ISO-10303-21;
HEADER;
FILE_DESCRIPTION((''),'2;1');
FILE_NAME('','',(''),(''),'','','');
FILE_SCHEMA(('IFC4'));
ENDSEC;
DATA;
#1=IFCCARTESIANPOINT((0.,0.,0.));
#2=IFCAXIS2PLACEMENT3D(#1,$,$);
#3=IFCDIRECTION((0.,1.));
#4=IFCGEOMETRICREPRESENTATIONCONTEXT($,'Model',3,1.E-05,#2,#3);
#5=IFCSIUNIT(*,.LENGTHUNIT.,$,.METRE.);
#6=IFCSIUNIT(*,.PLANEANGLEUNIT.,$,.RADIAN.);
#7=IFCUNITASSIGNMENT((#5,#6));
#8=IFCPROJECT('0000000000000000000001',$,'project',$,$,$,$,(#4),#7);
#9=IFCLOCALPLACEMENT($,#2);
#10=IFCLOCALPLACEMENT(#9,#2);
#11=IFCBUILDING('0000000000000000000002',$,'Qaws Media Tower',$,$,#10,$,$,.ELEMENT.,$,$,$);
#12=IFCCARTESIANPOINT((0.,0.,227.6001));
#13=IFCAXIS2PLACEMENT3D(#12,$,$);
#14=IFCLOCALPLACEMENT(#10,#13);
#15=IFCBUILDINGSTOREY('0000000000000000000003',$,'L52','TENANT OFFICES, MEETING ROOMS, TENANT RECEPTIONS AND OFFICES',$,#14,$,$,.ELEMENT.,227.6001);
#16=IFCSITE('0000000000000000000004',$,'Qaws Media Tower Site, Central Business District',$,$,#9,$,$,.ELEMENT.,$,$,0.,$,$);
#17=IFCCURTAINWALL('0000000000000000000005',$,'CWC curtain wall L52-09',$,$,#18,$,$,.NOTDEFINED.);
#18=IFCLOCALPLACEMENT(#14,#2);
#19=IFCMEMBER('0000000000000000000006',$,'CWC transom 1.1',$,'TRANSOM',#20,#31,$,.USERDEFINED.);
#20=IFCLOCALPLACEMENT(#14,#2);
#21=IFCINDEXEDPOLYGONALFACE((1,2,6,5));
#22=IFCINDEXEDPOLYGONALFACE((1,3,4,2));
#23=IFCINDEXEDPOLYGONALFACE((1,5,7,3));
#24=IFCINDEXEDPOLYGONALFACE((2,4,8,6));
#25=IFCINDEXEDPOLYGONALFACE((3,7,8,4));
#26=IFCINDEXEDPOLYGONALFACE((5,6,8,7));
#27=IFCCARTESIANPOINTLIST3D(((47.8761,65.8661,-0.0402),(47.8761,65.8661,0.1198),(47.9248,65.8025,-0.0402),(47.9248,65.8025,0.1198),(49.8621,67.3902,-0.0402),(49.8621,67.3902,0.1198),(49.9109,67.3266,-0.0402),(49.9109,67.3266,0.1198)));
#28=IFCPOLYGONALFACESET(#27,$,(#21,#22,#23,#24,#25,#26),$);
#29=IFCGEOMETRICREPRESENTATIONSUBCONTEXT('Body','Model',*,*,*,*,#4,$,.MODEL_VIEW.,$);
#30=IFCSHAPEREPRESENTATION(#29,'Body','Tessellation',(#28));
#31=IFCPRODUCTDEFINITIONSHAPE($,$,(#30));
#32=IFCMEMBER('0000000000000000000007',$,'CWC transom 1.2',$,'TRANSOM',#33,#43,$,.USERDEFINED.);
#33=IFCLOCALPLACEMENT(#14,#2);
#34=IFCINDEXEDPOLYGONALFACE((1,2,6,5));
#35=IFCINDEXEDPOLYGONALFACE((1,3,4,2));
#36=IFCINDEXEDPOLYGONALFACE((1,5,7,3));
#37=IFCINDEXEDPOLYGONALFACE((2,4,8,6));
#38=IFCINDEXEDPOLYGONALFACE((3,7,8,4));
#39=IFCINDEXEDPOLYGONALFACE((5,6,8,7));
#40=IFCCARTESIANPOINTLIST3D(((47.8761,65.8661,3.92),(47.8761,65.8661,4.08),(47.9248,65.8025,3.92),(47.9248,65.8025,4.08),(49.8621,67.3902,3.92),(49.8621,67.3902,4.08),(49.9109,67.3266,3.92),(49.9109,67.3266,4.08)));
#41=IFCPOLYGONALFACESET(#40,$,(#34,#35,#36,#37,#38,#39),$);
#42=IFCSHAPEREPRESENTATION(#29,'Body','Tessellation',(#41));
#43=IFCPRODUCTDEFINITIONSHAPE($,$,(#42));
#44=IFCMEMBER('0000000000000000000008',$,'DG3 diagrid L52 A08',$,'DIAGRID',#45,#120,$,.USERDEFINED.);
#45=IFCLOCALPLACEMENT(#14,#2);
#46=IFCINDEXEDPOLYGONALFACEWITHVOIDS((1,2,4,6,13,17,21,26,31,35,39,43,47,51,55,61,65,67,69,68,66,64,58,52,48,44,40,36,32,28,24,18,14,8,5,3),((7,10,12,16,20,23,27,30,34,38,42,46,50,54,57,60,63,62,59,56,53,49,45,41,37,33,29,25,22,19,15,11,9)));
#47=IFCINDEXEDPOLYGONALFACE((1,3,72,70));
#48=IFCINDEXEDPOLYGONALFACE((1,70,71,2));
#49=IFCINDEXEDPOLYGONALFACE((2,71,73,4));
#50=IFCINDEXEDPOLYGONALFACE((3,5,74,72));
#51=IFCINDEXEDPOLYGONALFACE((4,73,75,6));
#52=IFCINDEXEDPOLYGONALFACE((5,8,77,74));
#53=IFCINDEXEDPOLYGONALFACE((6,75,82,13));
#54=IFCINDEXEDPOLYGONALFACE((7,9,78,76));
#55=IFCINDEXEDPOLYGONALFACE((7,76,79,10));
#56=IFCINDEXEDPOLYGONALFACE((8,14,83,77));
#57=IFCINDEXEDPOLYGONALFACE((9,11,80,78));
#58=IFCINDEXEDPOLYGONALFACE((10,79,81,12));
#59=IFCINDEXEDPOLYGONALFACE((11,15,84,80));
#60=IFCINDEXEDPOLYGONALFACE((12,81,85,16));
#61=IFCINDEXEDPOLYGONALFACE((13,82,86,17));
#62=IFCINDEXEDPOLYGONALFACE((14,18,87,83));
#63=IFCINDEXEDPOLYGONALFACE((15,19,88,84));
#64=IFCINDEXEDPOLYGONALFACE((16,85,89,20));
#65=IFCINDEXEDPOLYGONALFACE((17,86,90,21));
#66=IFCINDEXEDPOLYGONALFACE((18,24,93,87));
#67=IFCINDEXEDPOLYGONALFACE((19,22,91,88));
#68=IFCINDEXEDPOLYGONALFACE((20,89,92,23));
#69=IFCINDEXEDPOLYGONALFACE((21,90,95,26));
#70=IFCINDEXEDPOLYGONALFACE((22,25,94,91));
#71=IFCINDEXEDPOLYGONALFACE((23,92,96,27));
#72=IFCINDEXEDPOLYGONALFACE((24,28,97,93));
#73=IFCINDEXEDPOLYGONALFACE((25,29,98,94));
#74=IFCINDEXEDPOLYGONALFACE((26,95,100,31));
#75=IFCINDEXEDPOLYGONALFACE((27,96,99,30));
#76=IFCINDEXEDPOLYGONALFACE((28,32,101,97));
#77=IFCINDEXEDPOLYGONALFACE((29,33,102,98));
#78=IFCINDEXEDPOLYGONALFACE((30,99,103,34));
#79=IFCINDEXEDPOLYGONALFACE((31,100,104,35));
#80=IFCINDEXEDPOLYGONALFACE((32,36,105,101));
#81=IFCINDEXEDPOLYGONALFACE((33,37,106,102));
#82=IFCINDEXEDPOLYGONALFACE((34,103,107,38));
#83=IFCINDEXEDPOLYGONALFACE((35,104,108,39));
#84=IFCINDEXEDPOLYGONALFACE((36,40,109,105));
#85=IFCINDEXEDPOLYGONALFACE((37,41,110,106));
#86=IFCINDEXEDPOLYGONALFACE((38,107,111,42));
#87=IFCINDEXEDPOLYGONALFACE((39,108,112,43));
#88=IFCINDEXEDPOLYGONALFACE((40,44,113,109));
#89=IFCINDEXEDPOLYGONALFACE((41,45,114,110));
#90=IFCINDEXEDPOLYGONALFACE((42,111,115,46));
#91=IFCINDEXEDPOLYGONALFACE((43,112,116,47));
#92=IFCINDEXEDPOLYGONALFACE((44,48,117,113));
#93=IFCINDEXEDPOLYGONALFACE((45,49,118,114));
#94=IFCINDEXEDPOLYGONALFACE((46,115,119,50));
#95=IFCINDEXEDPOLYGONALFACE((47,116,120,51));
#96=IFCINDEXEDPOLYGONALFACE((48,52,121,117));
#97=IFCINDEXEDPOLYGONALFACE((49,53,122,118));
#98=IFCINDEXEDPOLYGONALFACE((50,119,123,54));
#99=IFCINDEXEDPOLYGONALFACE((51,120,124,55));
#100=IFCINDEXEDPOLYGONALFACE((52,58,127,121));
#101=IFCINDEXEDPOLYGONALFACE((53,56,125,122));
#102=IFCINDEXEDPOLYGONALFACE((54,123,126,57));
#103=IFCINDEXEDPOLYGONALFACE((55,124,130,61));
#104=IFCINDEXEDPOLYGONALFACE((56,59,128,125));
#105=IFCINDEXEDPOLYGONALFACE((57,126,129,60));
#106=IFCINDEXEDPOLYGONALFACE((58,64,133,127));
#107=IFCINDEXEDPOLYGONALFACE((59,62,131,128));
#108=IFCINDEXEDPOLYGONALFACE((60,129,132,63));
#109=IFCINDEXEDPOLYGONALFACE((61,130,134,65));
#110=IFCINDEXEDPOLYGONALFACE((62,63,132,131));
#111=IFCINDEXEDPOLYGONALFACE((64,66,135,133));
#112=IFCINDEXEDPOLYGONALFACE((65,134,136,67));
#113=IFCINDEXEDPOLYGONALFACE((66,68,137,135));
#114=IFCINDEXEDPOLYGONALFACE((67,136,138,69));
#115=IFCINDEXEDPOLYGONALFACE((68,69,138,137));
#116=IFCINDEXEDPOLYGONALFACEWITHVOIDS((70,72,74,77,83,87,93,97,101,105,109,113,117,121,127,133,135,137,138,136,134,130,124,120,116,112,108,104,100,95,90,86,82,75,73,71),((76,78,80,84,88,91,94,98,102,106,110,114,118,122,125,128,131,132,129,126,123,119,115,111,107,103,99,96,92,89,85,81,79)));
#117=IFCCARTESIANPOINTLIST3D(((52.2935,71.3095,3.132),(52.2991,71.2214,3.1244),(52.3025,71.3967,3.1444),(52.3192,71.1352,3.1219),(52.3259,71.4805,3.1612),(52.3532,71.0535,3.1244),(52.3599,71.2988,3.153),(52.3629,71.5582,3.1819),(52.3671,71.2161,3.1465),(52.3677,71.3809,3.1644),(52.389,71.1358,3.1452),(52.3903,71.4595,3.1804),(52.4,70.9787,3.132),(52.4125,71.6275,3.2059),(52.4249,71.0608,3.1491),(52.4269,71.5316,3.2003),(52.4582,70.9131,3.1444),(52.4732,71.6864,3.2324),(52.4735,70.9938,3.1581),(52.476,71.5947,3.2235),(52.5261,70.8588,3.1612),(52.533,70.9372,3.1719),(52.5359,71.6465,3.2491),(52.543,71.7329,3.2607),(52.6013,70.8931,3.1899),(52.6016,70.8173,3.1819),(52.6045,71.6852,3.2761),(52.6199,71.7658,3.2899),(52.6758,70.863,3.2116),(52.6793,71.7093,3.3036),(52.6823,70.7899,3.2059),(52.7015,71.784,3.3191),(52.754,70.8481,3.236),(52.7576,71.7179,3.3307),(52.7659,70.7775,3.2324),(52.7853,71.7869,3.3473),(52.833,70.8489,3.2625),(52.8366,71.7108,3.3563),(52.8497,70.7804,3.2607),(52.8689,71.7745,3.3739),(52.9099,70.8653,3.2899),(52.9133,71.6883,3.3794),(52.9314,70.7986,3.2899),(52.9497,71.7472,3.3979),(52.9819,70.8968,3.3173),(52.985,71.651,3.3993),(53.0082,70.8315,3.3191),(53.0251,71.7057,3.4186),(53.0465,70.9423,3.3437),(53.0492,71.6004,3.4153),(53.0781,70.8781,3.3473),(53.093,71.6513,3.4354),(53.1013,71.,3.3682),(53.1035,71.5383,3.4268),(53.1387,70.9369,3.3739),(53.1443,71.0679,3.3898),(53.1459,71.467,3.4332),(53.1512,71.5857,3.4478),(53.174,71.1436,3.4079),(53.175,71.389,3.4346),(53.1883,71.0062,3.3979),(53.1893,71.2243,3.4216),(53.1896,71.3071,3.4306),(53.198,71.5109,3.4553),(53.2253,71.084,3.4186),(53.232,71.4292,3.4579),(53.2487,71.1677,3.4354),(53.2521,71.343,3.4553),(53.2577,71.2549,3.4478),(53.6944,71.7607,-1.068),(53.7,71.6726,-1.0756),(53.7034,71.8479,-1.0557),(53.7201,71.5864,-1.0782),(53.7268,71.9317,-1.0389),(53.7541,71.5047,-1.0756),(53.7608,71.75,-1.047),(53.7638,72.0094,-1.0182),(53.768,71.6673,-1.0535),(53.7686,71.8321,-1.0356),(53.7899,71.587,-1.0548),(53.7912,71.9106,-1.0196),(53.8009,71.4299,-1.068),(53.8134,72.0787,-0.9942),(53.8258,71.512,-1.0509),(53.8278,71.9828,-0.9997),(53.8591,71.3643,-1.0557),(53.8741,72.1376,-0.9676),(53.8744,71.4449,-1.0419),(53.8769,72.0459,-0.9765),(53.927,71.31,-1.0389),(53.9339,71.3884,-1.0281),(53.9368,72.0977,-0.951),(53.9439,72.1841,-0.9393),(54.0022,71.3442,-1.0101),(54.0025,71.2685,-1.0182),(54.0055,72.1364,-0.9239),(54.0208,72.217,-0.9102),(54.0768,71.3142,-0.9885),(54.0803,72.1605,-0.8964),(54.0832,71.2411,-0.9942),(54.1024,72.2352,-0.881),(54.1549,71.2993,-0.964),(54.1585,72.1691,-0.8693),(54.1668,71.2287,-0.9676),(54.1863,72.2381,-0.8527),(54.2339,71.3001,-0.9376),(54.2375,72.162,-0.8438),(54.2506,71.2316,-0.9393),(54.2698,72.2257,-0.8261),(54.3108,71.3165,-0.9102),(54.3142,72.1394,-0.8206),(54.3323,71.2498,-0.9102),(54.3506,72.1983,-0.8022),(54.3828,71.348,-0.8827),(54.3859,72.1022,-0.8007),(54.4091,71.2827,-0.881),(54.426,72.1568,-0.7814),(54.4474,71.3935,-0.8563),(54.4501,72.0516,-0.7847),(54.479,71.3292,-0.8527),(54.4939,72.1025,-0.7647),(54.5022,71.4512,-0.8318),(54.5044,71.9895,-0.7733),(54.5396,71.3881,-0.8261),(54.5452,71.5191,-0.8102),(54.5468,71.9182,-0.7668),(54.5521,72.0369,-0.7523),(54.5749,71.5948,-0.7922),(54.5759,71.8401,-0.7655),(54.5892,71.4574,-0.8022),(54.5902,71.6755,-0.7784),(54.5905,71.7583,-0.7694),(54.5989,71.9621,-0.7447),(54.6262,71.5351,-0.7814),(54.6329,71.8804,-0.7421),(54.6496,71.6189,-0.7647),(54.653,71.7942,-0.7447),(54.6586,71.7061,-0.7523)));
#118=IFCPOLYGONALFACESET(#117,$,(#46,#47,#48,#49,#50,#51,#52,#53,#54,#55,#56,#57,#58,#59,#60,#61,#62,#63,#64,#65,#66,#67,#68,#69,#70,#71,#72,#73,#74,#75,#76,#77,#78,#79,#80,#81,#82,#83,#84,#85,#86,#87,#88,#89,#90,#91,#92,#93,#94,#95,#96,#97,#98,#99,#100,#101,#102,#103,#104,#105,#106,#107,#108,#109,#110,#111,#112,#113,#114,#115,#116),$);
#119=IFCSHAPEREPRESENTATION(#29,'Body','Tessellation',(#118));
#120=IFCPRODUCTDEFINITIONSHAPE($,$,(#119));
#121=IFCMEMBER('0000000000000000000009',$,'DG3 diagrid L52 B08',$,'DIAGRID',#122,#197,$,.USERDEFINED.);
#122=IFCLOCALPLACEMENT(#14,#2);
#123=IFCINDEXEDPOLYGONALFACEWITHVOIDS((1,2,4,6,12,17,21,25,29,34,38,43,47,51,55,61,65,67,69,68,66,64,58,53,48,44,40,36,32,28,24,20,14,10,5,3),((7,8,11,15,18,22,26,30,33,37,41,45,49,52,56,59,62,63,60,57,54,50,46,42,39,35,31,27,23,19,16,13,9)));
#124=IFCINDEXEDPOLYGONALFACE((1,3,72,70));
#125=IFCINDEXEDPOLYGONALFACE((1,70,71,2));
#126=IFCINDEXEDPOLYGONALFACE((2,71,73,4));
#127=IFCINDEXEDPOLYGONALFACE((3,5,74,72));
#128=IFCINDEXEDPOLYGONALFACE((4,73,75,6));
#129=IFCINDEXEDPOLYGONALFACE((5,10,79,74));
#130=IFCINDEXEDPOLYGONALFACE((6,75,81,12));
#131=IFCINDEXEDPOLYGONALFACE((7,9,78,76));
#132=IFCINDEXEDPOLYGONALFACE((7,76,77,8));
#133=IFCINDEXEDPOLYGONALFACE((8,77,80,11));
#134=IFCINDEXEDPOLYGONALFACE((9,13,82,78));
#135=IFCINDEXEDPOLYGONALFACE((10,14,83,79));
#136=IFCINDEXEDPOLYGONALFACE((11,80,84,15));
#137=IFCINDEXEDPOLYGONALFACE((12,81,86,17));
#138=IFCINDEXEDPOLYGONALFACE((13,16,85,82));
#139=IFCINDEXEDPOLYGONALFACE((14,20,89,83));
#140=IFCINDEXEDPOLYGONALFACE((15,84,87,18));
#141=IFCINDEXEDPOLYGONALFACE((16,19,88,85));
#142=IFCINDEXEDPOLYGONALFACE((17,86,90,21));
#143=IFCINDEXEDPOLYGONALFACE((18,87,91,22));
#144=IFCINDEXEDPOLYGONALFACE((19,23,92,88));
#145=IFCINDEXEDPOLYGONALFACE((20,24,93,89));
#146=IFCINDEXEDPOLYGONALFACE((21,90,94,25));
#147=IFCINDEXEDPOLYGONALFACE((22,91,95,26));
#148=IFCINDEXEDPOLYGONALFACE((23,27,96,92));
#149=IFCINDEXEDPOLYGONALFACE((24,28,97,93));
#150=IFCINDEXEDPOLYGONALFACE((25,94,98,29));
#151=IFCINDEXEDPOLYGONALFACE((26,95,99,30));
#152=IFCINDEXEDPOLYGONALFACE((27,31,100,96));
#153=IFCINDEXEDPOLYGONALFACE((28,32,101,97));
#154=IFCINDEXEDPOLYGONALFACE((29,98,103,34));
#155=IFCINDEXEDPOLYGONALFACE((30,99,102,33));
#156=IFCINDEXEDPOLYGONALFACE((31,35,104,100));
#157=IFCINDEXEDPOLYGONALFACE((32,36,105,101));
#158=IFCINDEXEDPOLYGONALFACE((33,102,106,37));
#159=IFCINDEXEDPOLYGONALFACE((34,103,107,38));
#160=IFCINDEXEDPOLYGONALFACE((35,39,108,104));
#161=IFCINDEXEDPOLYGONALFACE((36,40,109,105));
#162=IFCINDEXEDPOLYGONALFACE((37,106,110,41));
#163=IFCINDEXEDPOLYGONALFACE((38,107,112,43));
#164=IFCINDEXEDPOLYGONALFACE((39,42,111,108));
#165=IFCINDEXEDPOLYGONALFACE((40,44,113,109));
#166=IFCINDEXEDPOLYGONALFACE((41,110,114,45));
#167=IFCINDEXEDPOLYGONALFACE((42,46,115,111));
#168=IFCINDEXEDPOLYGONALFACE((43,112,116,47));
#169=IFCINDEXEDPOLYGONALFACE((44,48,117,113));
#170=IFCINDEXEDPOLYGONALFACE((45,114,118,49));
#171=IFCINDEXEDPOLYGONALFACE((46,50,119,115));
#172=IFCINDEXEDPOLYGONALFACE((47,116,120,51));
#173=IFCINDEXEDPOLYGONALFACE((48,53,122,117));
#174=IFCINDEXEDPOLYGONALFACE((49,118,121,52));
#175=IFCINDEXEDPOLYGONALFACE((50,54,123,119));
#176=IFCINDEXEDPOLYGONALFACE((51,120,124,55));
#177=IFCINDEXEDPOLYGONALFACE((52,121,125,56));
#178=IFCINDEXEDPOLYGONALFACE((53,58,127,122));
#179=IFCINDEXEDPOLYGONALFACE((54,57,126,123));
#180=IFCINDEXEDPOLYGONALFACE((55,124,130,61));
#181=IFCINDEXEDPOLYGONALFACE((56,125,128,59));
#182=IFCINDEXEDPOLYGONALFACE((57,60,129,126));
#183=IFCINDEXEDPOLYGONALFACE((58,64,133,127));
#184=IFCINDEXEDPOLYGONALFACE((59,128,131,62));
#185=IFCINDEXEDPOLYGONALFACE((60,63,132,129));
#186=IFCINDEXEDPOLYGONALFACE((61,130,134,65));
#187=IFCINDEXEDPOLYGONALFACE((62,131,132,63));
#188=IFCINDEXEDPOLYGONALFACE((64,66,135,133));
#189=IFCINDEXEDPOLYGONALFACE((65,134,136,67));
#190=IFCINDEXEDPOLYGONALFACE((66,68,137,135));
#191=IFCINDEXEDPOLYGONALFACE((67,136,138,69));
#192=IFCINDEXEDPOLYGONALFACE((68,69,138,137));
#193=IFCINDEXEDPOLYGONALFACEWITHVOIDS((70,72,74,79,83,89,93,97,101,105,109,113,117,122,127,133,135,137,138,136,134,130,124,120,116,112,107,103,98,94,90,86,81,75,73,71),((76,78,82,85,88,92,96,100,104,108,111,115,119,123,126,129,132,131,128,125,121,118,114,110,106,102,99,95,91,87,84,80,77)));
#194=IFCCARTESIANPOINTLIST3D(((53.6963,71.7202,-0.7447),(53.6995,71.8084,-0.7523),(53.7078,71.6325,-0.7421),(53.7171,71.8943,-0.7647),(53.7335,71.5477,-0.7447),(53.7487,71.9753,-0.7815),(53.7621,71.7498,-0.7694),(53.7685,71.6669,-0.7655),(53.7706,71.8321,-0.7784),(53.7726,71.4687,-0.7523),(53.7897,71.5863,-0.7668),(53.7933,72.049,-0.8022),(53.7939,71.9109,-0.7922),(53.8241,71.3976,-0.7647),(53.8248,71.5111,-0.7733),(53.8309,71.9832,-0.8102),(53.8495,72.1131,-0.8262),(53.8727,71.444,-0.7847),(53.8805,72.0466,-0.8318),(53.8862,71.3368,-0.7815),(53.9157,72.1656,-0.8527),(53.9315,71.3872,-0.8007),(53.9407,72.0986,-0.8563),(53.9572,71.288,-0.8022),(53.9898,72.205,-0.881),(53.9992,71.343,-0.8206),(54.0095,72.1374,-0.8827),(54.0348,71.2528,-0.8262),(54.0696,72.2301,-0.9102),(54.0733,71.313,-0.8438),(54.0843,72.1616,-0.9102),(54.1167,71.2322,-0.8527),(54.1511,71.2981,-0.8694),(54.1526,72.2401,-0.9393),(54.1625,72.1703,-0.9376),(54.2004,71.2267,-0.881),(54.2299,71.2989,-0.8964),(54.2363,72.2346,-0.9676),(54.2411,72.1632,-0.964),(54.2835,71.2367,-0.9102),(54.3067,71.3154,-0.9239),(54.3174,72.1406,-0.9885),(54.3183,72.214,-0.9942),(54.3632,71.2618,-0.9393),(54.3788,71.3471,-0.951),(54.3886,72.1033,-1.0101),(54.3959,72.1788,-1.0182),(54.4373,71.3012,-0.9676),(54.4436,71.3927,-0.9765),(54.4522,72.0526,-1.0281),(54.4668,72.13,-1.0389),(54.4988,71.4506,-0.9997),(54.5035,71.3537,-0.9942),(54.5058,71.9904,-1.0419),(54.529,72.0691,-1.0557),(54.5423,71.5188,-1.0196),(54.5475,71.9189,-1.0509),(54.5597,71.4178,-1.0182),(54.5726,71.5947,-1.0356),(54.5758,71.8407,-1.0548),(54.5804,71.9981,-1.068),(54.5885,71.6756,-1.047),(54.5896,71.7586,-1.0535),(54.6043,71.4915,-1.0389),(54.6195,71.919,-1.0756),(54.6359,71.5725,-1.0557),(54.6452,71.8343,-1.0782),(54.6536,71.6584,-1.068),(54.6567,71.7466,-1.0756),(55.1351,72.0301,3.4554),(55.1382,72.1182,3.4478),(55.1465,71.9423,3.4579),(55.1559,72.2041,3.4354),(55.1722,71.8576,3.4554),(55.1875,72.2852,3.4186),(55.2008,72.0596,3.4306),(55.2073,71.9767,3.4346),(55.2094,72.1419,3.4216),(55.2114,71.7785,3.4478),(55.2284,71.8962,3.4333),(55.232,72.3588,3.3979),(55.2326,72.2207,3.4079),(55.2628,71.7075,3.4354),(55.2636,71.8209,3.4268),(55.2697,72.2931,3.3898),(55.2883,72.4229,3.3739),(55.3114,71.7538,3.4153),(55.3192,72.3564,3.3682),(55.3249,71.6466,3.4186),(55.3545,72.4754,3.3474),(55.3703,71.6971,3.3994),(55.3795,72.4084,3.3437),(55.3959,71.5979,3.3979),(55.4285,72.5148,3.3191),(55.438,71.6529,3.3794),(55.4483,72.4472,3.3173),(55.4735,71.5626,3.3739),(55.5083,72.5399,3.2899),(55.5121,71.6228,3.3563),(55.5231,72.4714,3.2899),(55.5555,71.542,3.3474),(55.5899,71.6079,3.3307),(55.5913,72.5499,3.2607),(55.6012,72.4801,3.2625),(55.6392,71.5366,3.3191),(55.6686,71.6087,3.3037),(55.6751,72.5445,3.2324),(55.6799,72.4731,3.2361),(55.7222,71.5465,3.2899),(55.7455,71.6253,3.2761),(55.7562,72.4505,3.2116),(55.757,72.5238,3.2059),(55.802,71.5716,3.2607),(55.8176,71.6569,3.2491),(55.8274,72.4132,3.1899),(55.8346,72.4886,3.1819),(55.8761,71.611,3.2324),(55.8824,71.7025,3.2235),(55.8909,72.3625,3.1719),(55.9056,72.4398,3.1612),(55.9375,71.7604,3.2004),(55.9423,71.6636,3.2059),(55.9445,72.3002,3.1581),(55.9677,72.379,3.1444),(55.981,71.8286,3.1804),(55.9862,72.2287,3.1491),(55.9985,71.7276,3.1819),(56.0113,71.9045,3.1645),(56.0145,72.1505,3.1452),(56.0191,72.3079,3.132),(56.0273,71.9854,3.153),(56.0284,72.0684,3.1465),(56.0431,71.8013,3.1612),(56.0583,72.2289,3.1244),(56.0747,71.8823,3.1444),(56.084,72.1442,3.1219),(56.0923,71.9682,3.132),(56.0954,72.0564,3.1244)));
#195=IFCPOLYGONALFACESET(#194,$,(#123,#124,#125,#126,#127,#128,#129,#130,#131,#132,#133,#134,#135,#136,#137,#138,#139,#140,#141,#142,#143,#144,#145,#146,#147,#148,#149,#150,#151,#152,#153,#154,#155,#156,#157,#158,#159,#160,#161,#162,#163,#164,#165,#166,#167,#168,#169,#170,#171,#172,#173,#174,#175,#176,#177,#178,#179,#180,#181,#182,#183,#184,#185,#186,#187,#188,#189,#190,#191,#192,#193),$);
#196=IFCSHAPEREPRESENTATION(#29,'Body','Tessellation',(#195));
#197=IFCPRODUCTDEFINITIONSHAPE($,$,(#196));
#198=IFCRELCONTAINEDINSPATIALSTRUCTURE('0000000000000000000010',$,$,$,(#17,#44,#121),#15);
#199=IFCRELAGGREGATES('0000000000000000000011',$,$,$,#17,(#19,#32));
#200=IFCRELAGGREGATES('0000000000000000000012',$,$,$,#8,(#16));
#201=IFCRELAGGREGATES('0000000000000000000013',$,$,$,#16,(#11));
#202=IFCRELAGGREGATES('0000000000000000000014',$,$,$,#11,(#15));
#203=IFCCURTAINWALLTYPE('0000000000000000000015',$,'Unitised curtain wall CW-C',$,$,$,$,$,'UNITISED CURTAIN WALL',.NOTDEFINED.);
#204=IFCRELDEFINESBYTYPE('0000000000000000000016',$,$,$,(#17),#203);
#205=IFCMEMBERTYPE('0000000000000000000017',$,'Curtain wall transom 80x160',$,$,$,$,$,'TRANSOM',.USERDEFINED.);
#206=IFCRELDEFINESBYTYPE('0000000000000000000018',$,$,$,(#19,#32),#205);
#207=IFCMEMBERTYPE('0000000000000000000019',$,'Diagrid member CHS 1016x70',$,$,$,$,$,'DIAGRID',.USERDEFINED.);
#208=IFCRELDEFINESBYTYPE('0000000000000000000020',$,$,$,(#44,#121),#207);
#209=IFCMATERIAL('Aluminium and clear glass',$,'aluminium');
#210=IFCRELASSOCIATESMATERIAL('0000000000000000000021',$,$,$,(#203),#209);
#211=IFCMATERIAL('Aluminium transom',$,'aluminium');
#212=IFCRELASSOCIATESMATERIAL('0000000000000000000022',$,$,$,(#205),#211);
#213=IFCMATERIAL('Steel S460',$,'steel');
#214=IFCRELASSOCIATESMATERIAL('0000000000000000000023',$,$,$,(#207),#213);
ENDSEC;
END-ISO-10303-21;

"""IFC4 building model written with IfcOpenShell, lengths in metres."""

from ifc_helpers import new_model, si_unit, direction, frame, origin, origin_2d, place, context, subcontext, project, spatial, rectangle, hollow_circle, extrude, material, material_profile, profile_set, type_object, element, aggregate, save


model = new_model("IFC4")

# Units and contexts
model_context = context("Model", 3, precision=1e-05, world=origin(), true_north=direction((0.0, 1.0)))
body_context = subcontext(model_context, "Body", "Model", "MODEL_VIEW")
ifc_project = project(units=[si_unit("LENGTHUNIT", "METRE"), si_unit("PLANEANGLEUNIT", "RADIAN")], contexts=[model_context])

# Site, building, storey
site_placement = place(None, origin())
site = spatial("IfcSite", under=ifc_project, at=site_placement, Name="Qaws Media Tower Site, Central Business District", CompositionType="ELEMENT", RefElevation=0.0)
building_placement = place(site_placement, origin())
building = spatial("IfcBuilding", under=site, at=building_placement, Name="Qaws Media Tower", CompositionType="ELEMENT")
storey_placement = place(building_placement, frame((0.0, 0.0, 227.6001)))
storey = spatial("IfcBuildingStorey", under=building, at=storey_placement, Name="L52", Description="TENANT OFFICES, MEETING ROOMS, TENANT RECEPTIONS AND OFFICES", CompositionType="ELEMENT", Elevation=227.6001)

# Shared definitions
ifc_material_1 = material(Name="Aluminium and clear glass", Category="aluminium")
curtain_wall_type = type_object("IfcCurtainWallType", Name="Unitised curtain wall CW-C", ElementType="UNITISED CURTAIN WALL", PredefinedType="NOTDEFINED", material=ifc_material_1)

# Curtain wall
curtain_wall_1_placement = place(storey_placement, origin())
curtain_wall_1 = element("IfcCurtainWall", 1, at=curtain_wall_1_placement, inside=storey, type_object=curtain_wall_type, Name="CWC curtain wall L52-09", PredefinedType="NOTDEFINED")

# Members
ifc_material_2 = material(Name="Aluminium transom", Category="aluminium")
ifc_material_profile_1 = material_profile(ifc_material_2, rectangle(XDim=0.0801, YDim=0.1599, at=origin_2d()), Name="80x160")
ifc_profile_set_1 = profile_set([ifc_material_profile_1], Name="Aluminium transom")
member_type_1 = type_object("IfcMemberType", Name="Curtain wall transom 80x160", ElementType="TRANSOM", PredefinedType="USERDEFINED", material=ifc_profile_set_1)
member_1_placement = place(storey_placement, frame((49.8865, 67.3584, 0.0398), z_axis=(-0.793316, -0.60881, 0.0), x_axis=(0.60881, -0.793316, 0.0)))
member_1 = element("IfcMember", 2, at=member_1_placement, type_object=member_type_1, Name="CWC transom 1.1", ObjectType="TRANSOM", PredefinedType="USERDEFINED", context=body_context, shape_type="SweptSolid", body=[
    extrude(rectangle(XDim=0.0801, YDim=0.1599, at=origin_2d()), origin(), (0.0, 0.0, 1.0), 2.5034),
])
member_2_placement = place(storey_placement, frame((49.8865, 67.3584, 4.0), z_axis=(-0.793316, -0.60881, 0.0), x_axis=(0.60881, -0.793316, 0.0)))
member_2 = element("IfcMember", 3, at=member_2_placement, type_object=member_type_1, Name="CWC transom 1.2", ObjectType="TRANSOM", PredefinedType="USERDEFINED", context=body_context, shape_type="SweptSolid", body=[
    extrude(rectangle(XDim=0.0801, YDim=0.1599, at=origin_2d()), origin(), (0.0, 0.0, 1.0), 2.5034),
])

# Members
ifc_material_3 = material(Name="Steel S460", Category="steel")
ifc_material_profile_2 = material_profile(ifc_material_3, hollow_circle(Radius=0.5081, WallThickness=0.0701, at=origin_2d()), Name="CHS 1016x70")
ifc_profile_set_2 = profile_set([ifc_material_profile_2], Name="Steel S460")
member_type_2 = type_object("IfcMemberType", Name="Diagrid member CHS 1016x70", ElementType="DIAGRID", PredefinedType="USERDEFINED", material=ifc_profile_set_2)
for number, where, z_axis, x_axis, name in (
    (4, (54.1765, 71.7334, -0.9102), (-0.31478, -0.101379, 0.943735), (0.306557, -0.951852, 0.0), "DG3 diagrid L52 A08"),
    (5, (54.1765, 71.7334, -0.9102), (0.323284, 0.069616, 0.943738), (-0.210515, 0.977591, 0.0), "DG3 diagrid L52 B08"),
):
    element("IfcMember", number, at=place(storey_placement, frame(where, z_axis=z_axis, x_axis=x_axis)), inside=storey, type_object=member_type_2, Name=name, ObjectType="DIAGRID", PredefinedType="USERDEFINED", context=body_context, shape_type="SweptSolid", body=[
        extrude(hollow_circle(Radius=0.5081, WallThickness=0.0701, at=origin_2d()), origin(), (0.0, 0.0, 1.0), 4.4504),
    ])

aggregate(curtain_wall_1, [member_1, member_2])

save(model, "model.ifc")
